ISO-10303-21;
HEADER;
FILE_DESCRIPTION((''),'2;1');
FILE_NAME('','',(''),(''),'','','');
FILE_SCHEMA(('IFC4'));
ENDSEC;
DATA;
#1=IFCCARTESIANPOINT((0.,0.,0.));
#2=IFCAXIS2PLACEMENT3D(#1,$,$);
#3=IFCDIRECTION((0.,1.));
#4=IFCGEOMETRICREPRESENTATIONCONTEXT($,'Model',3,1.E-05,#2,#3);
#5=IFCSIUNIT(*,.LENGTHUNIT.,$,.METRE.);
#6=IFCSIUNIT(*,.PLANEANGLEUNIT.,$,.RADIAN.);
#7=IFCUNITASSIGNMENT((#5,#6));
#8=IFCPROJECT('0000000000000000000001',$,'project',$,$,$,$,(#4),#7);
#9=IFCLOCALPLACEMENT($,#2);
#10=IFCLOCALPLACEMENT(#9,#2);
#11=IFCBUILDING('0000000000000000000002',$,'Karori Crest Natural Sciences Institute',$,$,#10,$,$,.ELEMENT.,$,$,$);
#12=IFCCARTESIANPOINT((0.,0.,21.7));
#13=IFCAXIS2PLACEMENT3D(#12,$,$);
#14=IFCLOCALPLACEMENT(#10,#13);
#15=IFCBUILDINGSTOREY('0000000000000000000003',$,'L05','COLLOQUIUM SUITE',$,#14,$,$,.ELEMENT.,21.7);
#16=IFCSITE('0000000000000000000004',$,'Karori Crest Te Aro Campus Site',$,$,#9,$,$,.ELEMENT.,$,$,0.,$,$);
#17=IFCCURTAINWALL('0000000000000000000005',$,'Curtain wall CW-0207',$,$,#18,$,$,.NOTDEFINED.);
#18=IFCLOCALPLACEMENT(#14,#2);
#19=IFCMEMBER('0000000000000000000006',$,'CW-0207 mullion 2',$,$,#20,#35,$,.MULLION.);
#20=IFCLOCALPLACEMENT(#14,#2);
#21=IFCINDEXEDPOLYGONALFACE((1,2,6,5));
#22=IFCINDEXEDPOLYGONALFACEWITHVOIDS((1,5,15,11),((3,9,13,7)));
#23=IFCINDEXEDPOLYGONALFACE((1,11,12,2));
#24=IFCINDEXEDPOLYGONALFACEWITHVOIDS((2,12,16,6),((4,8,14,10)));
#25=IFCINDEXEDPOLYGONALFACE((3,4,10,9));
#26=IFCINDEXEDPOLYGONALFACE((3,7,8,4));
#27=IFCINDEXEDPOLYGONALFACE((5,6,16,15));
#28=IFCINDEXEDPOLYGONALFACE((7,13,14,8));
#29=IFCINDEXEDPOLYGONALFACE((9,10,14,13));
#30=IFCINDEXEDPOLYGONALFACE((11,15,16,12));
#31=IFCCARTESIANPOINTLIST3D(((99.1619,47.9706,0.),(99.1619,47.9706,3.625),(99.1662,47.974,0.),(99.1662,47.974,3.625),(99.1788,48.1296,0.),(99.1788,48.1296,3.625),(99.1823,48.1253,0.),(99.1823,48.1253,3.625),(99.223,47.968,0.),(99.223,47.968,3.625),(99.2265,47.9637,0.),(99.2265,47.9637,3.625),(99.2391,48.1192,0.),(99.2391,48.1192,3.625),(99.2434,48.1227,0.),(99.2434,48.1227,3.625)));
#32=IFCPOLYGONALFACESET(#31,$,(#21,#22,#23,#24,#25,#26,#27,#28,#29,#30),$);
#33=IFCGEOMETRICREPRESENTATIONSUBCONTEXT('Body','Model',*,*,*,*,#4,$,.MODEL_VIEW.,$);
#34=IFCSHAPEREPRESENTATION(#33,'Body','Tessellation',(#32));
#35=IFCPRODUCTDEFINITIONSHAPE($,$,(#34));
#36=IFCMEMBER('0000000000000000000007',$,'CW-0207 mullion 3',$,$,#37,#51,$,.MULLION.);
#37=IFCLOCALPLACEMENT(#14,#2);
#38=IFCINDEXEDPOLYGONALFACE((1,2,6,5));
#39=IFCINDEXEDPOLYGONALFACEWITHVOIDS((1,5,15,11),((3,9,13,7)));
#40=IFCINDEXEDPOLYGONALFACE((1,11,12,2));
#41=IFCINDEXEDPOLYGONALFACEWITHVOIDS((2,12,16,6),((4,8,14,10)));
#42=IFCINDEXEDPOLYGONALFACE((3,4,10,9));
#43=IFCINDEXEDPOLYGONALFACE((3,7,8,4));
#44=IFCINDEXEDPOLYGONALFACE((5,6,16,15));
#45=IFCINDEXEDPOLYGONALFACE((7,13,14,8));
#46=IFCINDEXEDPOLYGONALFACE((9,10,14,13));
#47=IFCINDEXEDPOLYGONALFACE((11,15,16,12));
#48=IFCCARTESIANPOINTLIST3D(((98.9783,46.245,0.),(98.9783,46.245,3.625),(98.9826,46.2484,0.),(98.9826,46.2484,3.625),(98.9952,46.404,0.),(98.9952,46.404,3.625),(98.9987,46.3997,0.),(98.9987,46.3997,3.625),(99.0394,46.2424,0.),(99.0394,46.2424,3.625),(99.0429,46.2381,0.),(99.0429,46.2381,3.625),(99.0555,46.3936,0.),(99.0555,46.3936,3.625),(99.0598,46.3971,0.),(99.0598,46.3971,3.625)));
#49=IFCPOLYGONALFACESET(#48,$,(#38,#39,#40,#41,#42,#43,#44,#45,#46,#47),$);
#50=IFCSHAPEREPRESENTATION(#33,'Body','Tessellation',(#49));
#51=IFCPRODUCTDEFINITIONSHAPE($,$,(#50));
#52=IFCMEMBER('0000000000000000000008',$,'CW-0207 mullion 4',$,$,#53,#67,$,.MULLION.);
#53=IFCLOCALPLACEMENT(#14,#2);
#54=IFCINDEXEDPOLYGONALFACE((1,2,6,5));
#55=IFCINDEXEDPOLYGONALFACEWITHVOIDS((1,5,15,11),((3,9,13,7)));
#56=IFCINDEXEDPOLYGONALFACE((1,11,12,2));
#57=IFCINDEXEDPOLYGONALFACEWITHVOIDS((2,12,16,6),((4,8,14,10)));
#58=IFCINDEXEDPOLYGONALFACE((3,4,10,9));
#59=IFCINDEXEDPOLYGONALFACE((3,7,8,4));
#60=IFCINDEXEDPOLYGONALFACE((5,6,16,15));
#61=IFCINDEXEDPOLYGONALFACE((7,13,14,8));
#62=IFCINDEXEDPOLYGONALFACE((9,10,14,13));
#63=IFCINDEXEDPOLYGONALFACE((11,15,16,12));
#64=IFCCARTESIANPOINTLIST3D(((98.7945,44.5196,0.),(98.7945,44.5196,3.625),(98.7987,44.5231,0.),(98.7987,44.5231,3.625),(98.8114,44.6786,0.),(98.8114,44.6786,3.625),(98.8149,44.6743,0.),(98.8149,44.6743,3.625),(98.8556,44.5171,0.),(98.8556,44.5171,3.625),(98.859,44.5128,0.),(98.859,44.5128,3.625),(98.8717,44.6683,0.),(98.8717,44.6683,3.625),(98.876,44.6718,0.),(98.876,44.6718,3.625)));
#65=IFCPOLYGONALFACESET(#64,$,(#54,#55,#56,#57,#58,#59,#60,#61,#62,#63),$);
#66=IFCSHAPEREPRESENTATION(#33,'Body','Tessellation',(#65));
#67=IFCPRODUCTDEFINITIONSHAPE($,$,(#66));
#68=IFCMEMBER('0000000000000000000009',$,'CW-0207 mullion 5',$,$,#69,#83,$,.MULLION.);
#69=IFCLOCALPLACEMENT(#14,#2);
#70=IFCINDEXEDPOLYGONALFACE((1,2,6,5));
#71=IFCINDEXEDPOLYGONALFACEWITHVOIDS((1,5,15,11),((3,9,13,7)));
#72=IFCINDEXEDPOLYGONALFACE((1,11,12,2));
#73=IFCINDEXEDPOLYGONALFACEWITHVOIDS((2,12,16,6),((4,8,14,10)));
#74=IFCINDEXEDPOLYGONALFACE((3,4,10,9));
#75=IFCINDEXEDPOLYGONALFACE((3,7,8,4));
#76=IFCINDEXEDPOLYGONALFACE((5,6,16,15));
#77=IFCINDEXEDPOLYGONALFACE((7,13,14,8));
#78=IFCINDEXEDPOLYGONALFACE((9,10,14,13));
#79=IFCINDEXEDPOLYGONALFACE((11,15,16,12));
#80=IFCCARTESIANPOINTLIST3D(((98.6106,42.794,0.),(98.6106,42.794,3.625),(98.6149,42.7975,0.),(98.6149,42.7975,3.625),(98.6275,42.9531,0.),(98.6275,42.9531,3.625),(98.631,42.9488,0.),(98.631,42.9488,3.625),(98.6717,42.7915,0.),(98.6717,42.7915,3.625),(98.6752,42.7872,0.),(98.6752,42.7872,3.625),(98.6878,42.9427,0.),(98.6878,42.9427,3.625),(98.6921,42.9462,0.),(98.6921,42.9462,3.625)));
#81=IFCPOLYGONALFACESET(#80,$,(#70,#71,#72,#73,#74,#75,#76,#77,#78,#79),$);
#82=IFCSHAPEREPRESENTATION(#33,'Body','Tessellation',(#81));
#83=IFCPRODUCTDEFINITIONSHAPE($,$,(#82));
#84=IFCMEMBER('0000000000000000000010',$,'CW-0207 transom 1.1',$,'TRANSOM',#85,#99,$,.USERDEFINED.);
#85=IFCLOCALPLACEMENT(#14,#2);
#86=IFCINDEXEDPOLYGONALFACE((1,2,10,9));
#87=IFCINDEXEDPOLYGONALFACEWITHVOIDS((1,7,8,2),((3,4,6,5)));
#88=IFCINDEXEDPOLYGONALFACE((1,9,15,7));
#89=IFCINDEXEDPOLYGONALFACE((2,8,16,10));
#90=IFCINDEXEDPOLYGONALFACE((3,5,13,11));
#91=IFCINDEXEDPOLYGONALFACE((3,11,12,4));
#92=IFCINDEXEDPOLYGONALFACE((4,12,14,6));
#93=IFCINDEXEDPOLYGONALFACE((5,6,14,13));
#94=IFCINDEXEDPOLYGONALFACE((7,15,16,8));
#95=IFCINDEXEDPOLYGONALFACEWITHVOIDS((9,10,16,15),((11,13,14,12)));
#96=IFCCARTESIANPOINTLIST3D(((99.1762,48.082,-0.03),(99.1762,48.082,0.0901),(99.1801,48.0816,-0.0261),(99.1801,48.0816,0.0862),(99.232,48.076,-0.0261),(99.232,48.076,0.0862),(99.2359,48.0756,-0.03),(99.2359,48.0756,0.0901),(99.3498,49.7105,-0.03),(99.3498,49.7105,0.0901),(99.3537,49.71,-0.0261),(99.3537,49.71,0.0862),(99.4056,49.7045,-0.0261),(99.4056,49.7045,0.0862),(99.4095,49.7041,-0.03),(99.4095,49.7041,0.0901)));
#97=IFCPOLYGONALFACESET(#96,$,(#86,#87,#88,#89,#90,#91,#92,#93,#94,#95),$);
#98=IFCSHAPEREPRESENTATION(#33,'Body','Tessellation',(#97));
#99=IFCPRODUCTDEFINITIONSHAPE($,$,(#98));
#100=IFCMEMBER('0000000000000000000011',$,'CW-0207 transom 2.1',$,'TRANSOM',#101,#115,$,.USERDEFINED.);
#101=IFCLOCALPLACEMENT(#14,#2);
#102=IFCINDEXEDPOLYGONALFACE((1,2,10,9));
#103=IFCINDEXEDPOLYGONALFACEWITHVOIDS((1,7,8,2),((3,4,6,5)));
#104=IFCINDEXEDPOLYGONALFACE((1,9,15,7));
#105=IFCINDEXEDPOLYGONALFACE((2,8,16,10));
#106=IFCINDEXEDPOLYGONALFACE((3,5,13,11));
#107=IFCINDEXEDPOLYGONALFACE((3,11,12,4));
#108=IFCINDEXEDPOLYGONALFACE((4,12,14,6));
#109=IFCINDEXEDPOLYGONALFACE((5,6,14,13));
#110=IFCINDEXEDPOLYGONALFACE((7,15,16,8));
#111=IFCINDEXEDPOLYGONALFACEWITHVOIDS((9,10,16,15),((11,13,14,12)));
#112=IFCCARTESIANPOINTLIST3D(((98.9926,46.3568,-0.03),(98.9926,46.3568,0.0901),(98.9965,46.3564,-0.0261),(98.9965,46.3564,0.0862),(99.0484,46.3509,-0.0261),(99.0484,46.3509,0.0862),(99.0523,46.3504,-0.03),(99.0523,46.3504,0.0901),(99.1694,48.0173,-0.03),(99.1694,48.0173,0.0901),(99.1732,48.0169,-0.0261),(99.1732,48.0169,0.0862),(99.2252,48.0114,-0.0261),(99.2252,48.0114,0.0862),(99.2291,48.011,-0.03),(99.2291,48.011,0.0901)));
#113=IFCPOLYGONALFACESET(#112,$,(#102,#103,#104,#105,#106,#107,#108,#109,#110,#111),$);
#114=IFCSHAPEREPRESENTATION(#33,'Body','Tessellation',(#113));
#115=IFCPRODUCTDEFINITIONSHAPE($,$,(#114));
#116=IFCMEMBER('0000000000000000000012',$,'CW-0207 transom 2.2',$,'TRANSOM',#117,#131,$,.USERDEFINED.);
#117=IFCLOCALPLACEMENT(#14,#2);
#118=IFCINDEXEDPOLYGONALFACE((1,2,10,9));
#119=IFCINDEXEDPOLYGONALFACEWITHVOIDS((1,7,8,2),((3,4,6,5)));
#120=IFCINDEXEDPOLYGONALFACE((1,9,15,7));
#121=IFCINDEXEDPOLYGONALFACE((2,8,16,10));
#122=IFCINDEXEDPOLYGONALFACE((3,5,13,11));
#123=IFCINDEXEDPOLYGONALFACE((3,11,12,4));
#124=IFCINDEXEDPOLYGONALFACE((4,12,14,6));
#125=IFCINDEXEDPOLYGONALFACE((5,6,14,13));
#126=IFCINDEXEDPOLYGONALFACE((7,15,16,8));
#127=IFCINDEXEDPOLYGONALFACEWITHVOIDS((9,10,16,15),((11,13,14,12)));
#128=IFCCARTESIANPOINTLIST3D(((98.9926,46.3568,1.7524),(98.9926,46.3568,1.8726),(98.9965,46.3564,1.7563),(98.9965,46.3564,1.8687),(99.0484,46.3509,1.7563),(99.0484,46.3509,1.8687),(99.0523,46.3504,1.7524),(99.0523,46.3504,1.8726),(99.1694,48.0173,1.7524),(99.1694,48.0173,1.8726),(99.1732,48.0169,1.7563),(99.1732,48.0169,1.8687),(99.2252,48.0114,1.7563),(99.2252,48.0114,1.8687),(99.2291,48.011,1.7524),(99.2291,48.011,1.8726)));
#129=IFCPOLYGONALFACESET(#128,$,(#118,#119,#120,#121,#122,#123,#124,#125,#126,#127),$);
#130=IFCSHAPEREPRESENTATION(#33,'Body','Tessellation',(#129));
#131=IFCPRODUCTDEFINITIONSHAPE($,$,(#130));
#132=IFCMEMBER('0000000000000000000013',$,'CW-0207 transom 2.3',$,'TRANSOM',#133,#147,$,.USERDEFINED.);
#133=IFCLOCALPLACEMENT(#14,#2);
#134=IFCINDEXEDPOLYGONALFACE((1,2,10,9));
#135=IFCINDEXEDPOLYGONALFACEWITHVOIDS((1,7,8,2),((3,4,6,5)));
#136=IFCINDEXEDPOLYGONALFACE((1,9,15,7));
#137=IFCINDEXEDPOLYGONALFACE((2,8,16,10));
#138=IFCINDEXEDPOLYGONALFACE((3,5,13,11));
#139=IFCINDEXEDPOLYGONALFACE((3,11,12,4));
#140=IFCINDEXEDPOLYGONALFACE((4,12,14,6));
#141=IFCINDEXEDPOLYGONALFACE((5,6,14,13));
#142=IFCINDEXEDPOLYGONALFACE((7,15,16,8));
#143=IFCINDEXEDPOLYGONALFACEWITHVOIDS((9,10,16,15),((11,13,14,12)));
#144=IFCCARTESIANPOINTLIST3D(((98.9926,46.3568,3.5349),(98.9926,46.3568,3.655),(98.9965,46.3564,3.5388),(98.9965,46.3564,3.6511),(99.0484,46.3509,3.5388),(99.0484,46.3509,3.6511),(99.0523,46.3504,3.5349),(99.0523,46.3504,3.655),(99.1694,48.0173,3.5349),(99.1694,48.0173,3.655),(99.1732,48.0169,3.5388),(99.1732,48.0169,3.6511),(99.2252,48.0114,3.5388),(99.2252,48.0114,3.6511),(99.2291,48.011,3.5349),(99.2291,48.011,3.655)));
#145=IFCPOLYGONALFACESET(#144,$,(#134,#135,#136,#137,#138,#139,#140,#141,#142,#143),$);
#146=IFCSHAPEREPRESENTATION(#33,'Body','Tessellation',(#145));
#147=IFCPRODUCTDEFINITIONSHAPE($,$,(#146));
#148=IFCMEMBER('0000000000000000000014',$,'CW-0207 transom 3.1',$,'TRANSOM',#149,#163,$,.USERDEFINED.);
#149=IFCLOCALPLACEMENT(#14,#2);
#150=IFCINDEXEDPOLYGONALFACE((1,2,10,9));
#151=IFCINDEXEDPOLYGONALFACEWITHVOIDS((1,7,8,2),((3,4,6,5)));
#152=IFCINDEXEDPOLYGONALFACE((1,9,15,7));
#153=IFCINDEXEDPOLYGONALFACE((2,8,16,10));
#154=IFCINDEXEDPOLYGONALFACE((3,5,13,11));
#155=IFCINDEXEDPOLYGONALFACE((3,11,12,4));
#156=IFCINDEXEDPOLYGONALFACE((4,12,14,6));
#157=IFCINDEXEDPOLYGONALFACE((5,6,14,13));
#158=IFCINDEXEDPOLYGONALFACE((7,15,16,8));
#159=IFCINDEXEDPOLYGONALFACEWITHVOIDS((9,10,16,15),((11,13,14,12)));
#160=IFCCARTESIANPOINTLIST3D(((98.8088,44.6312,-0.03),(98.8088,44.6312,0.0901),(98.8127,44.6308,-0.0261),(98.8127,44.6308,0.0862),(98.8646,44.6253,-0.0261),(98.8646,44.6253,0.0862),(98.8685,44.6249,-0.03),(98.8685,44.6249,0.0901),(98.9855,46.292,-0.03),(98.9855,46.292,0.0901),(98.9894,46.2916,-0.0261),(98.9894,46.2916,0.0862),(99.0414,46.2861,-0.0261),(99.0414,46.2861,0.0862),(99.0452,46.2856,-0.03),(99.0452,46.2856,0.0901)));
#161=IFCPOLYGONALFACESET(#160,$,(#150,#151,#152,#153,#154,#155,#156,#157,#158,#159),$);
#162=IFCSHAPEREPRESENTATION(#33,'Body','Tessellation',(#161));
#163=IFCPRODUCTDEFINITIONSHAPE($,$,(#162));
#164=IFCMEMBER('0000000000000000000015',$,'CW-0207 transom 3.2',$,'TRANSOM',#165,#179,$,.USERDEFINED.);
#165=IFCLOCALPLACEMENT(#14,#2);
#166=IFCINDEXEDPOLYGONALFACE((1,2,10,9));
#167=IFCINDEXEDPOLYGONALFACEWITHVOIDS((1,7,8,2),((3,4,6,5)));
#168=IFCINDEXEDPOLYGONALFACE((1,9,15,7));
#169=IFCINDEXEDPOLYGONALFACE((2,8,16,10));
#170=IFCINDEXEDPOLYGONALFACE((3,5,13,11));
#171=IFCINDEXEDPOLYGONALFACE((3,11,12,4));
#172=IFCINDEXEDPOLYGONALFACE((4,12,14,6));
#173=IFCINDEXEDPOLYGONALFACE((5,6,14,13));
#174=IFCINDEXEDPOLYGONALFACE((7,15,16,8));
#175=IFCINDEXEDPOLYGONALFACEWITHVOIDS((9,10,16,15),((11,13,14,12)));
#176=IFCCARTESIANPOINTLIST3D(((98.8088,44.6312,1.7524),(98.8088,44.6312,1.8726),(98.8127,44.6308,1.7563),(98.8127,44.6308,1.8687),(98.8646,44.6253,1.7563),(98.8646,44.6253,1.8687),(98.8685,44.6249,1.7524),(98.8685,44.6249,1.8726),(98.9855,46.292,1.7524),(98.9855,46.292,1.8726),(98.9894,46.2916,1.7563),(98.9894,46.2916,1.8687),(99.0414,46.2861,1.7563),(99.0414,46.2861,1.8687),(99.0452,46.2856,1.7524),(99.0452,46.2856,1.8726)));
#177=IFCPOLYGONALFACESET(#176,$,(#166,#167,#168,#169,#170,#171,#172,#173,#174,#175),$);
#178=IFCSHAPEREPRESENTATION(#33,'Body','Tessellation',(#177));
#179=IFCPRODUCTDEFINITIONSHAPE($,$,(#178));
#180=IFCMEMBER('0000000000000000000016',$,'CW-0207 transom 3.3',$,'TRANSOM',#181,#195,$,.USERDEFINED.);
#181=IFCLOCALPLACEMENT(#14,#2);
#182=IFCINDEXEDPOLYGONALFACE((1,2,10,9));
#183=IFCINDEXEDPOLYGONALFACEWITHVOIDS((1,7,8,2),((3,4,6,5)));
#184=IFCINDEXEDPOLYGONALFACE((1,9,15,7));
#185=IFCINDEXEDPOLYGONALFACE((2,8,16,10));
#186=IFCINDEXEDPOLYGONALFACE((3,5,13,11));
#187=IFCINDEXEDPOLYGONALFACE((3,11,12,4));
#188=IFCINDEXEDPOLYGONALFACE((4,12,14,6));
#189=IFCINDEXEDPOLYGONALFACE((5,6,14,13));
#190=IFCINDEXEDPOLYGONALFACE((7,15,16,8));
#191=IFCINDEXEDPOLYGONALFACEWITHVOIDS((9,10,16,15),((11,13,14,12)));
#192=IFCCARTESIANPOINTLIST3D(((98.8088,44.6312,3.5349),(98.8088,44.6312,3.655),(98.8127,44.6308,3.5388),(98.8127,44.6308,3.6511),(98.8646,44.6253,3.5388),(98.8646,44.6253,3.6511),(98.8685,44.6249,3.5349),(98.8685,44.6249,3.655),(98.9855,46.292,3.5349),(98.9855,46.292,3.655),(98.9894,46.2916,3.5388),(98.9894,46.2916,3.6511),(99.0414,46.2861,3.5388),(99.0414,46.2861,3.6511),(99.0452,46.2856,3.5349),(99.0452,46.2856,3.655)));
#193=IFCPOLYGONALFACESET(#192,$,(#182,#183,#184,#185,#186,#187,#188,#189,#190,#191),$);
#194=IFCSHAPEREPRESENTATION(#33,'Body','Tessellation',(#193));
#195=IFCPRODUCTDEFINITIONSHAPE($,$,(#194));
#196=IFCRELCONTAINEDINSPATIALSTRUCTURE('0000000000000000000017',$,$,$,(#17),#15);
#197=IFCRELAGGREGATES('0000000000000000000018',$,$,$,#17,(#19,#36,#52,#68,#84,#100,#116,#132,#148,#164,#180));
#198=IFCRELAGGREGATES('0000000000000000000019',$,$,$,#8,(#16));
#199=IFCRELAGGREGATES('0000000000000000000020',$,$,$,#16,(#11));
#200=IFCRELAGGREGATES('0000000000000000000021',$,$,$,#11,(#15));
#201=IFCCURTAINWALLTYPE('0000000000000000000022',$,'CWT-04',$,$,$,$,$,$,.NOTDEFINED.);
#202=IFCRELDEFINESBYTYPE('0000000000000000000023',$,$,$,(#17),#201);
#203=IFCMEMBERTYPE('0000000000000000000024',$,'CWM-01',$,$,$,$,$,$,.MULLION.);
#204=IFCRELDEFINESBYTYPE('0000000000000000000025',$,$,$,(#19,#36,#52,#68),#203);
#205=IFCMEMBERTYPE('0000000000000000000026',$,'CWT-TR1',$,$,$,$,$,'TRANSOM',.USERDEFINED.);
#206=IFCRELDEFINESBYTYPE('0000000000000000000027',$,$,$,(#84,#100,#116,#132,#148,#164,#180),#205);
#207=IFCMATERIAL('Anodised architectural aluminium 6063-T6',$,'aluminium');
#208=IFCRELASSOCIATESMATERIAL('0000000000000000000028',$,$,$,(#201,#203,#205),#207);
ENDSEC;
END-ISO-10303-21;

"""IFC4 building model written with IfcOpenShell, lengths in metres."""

from ifc_helpers import new_model, si_unit, direction, frame, origin, origin_2d, place, context, subcontext, project, spatial, hollow_rectangle, extrude, material, material_profile, profile_set, type_object, element, aggregate, save


model = new_model("IFC4")

# Units and contexts
model_context = context("Model", 3, precision=1e-05, world=origin(), true_north=direction((0.0, 1.0)))
body_context = subcontext(model_context, "Body", "Model", "MODEL_VIEW")
ifc_project = project(units=[si_unit("LENGTHUNIT", "METRE"), si_unit("PLANEANGLEUNIT", "RADIAN")], contexts=[model_context])

# Site, building, storey
site_placement = place(None, origin())
site = spatial("IfcSite", under=ifc_project, at=site_placement, Name="Karori Crest Te Aro Campus Site", CompositionType="ELEMENT", RefElevation=0.0)
building_placement = place(site_placement, origin())
building = spatial("IfcBuilding", under=site, at=building_placement, Name="Karori Crest Natural Sciences Institute", CompositionType="ELEMENT")
storey_placement = place(building_placement, frame((0.0, 0.0, 21.7)))
storey = spatial("IfcBuildingStorey", under=building, at=storey_placement, Name="L05", Description="COLLOQUIUM SUITE", CompositionType="ELEMENT", Elevation=21.7)

# Curtain wall, members
ifc_material_1 = material(Name="Anodised architectural aluminium 6063-T6", Category="aluminium")
curtain_wall_type = type_object("IfcCurtainWallType", Name="CWT-04", PredefinedType="NOTDEFINED", material=ifc_material_1)
curtain_wall_placement = place(storey_placement, origin())
curtain_wall = element("IfcCurtainWall", 1, at=curtain_wall_placement, inside=storey, type_object=curtain_wall_type, Name="Curtain wall CW-0207", PredefinedType="NOTDEFINED")
ifc_material_profile_1 = material_profile(ifc_material_1, hollow_rectangle(XDim=0.0649, YDim=0.1599, WallThickness=0.0039, at=origin_2d()), Name="CWM160x65x4")
ifc_profile_set_1 = profile_set([ifc_material_profile_1], Name="Anodised architectural aluminium 6063-T6")
member_type_1 = type_object("IfcMemberType", Name="CWM-01", PredefinedType="MULLION", material=ifc_profile_set_1)
member_1_placement = place(storey_placement, frame((99.2026, 48.0466, 0.0), z_axis=(0.0, 0.0, 1.0), x_axis=(0.994378, -0.105886, 0.0)))
member_1 = element("IfcMember", 2, at=member_1_placement, type_object=member_type_1, Name="CW-0207 mullion 2", PredefinedType="MULLION", context=body_context, shape_type="SweptSolid", body=[
    extrude(hollow_rectangle(XDim=0.0649, YDim=0.1599, WallThickness=0.0039, at=origin_2d()), origin(), (0.0, 0.0, 1.0), 3.625),
])
member_2_placement = place(storey_placement, frame((99.019, 46.321, 0.0), z_axis=(0.0, 0.0, 1.0), x_axis=(0.994378, -0.105886, 0.0)))
member_2 = element("IfcMember", 3, at=member_2_placement, type_object=member_type_1, Name="CW-0207 mullion 3", PredefinedType="MULLION", context=body_context, shape_type="SweptSolid", body=[
    extrude(hollow_rectangle(XDim=0.0649, YDim=0.1599, WallThickness=0.0039, at=origin_2d()), origin(), (0.0, 0.0, 1.0), 3.625),
])
member_3_placement = place(storey_placement, frame((98.8352, 44.5957, 0.0), z_axis=(0.0, 0.0, 1.0), x_axis=(0.994378, -0.105886, 0.0)))
member_3 = element("IfcMember", 4, at=member_3_placement, type_object=member_type_1, Name="CW-0207 mullion 4", PredefinedType="MULLION", context=body_context, shape_type="SweptSolid", body=[
    extrude(hollow_rectangle(XDim=0.0649, YDim=0.1599, WallThickness=0.0039, at=origin_2d()), origin(), (0.0, 0.0, 1.0), 3.625),
])
member_4_placement = place(storey_placement, frame((98.6514, 42.8701, 0.0), z_axis=(0.0, 0.0, 1.0), x_axis=(0.994378, -0.105886, 0.0)))
member_4 = element("IfcMember", 5, at=member_4_placement, type_object=member_type_1, Name="CW-0207 mullion 5", PredefinedType="MULLION", context=body_context, shape_type="SweptSolid", body=[
    extrude(hollow_rectangle(XDim=0.0649, YDim=0.1599, WallThickness=0.0039, at=origin_2d()), origin(), (0.0, 0.0, 1.0), 3.625),
])
ifc_material_profile_2 = material_profile(ifc_material_1, hollow_rectangle(XDim=0.0601, YDim=0.1201, WallThickness=0.0039, at=origin_2d()), Name="CWT120x60x4")
ifc_profile_set_2 = profile_set([ifc_material_profile_2], Name="Anodised architectural aluminium 6063-T6")
member_type_2 = type_object("IfcMemberType", Name="CWT-TR1", ElementType="TRANSOM", PredefinedType="USERDEFINED", material=ifc_profile_set_2)
member_5_placement = place(storey_placement, frame((99.3796, 49.7073, 0.03), z_axis=(-0.105996, -0.994367, 0.0), x_axis=(0.994367, -0.105996, 0.0)))
member_5 = element("IfcMember", 6, at=member_5_placement, type_object=member_type_2, Name="CW-0207 transom 1.1", ObjectType="TRANSOM", PredefinedType="USERDEFINED", context=body_context, shape_type="SweptSolid", body=[
    extrude(hollow_rectangle(XDim=0.0601, YDim=0.1201, WallThickness=0.0039, at=origin_2d()), origin(), (0.0, 0.0, 1.0), 1.6377),
])
member_6_placement = place(storey_placement, frame((99.1992, 48.0142, 0.03), z_axis=(-0.105841, -0.994383, 0.0), x_axis=(0.994383, -0.105841, 0.0)))
member_6 = element("IfcMember", 7, at=member_6_placement, type_object=member_type_2, Name="CW-0207 transom 2.1", ObjectType="TRANSOM", PredefinedType="USERDEFINED", context=body_context, shape_type="SweptSolid", body=[
    extrude(hollow_rectangle(XDim=0.0601, YDim=0.1201, WallThickness=0.0039, at=origin_2d()), origin(), (0.0, 0.0, 1.0), 1.6699),
])
member_7_placement = place(storey_placement, frame((99.1992, 48.0142, 1.8125), z_axis=(-0.105841, -0.994383, 0.0), x_axis=(0.994383, -0.105841, 0.0)))
member_7 = element("IfcMember", 8, at=member_7_placement, type_object=member_type_2, Name="CW-0207 transom 2.2", ObjectType="TRANSOM", PredefinedType="USERDEFINED", context=body_context, shape_type="SweptSolid", body=[
    extrude(hollow_rectangle(XDim=0.0601, YDim=0.1201, WallThickness=0.0039, at=origin_2d()), origin(), (0.0, 0.0, 1.0), 1.6699),
])
member_8_placement = place(storey_placement, frame((99.1992, 48.0142, 3.595), z_axis=(-0.105841, -0.994383, 0.0), x_axis=(0.994383, -0.105841, 0.0)))
member_8 = element("IfcMember", 9, at=member_8_placement, type_object=member_type_2, Name="CW-0207 transom 2.3", ObjectType="TRANSOM", PredefinedType="USERDEFINED", context=body_context, shape_type="SweptSolid", body=[
    extrude(hollow_rectangle(XDim=0.0601, YDim=0.1201, WallThickness=0.0039, at=origin_2d()), origin(), (0.0, 0.0, 1.0), 1.6699),
])
member_9_placement = place(storey_placement, frame((99.0154, 46.2888, 0.03), z_axis=(-0.105826, -0.994385, 0.0), x_axis=(0.994385, -0.105826, 0.0)))
member_9 = element("IfcMember", 10, at=member_9_placement, type_object=member_type_2, Name="CW-0207 transom 3.1", ObjectType="TRANSOM", PredefinedType="USERDEFINED", context=body_context, shape_type="SweptSolid", body=[
    extrude(hollow_rectangle(XDim=0.0601, YDim=0.1201, WallThickness=0.0039, at=origin_2d()), origin(), (0.0, 0.0, 1.0), 1.6702),
])
member_10_placement = place(storey_placement, frame((99.0154, 46.2888, 1.8125), z_axis=(-0.105826, -0.994385, 0.0), x_axis=(0.994385, -0.105826, 0.0)))
member_10 = element("IfcMember", 11, at=member_10_placement, type_object=member_type_2, Name="CW-0207 transom 3.2", ObjectType="TRANSOM", PredefinedType="USERDEFINED", context=body_context, shape_type="SweptSolid", body=[
    extrude(hollow_rectangle(XDim=0.0601, YDim=0.1201, WallThickness=0.0039, at=origin_2d()), origin(), (0.0, 0.0, 1.0), 1.6702),
])
member_11_placement = place(storey_placement, frame((99.0154, 46.2888, 3.595), z_axis=(-0.105826, -0.994385, 0.0), x_axis=(0.994385, -0.105826, 0.0)))
member_11 = element("IfcMember", 12, at=member_11_placement, type_object=member_type_2, Name="CW-0207 transom 3.3", ObjectType="TRANSOM", PredefinedType="USERDEFINED", context=body_context, shape_type="SweptSolid", body=[
    extrude(hollow_rectangle(XDim=0.0601, YDim=0.1201, WallThickness=0.0039, at=origin_2d()), origin(), (0.0, 0.0, 1.0), 1.6702),
])
aggregate(curtain_wall, [member_1, member_2, member_3, member_4, member_5, member_6, member_7, member_8, member_9, member_10, member_11])

save(model, "model.ifc")
